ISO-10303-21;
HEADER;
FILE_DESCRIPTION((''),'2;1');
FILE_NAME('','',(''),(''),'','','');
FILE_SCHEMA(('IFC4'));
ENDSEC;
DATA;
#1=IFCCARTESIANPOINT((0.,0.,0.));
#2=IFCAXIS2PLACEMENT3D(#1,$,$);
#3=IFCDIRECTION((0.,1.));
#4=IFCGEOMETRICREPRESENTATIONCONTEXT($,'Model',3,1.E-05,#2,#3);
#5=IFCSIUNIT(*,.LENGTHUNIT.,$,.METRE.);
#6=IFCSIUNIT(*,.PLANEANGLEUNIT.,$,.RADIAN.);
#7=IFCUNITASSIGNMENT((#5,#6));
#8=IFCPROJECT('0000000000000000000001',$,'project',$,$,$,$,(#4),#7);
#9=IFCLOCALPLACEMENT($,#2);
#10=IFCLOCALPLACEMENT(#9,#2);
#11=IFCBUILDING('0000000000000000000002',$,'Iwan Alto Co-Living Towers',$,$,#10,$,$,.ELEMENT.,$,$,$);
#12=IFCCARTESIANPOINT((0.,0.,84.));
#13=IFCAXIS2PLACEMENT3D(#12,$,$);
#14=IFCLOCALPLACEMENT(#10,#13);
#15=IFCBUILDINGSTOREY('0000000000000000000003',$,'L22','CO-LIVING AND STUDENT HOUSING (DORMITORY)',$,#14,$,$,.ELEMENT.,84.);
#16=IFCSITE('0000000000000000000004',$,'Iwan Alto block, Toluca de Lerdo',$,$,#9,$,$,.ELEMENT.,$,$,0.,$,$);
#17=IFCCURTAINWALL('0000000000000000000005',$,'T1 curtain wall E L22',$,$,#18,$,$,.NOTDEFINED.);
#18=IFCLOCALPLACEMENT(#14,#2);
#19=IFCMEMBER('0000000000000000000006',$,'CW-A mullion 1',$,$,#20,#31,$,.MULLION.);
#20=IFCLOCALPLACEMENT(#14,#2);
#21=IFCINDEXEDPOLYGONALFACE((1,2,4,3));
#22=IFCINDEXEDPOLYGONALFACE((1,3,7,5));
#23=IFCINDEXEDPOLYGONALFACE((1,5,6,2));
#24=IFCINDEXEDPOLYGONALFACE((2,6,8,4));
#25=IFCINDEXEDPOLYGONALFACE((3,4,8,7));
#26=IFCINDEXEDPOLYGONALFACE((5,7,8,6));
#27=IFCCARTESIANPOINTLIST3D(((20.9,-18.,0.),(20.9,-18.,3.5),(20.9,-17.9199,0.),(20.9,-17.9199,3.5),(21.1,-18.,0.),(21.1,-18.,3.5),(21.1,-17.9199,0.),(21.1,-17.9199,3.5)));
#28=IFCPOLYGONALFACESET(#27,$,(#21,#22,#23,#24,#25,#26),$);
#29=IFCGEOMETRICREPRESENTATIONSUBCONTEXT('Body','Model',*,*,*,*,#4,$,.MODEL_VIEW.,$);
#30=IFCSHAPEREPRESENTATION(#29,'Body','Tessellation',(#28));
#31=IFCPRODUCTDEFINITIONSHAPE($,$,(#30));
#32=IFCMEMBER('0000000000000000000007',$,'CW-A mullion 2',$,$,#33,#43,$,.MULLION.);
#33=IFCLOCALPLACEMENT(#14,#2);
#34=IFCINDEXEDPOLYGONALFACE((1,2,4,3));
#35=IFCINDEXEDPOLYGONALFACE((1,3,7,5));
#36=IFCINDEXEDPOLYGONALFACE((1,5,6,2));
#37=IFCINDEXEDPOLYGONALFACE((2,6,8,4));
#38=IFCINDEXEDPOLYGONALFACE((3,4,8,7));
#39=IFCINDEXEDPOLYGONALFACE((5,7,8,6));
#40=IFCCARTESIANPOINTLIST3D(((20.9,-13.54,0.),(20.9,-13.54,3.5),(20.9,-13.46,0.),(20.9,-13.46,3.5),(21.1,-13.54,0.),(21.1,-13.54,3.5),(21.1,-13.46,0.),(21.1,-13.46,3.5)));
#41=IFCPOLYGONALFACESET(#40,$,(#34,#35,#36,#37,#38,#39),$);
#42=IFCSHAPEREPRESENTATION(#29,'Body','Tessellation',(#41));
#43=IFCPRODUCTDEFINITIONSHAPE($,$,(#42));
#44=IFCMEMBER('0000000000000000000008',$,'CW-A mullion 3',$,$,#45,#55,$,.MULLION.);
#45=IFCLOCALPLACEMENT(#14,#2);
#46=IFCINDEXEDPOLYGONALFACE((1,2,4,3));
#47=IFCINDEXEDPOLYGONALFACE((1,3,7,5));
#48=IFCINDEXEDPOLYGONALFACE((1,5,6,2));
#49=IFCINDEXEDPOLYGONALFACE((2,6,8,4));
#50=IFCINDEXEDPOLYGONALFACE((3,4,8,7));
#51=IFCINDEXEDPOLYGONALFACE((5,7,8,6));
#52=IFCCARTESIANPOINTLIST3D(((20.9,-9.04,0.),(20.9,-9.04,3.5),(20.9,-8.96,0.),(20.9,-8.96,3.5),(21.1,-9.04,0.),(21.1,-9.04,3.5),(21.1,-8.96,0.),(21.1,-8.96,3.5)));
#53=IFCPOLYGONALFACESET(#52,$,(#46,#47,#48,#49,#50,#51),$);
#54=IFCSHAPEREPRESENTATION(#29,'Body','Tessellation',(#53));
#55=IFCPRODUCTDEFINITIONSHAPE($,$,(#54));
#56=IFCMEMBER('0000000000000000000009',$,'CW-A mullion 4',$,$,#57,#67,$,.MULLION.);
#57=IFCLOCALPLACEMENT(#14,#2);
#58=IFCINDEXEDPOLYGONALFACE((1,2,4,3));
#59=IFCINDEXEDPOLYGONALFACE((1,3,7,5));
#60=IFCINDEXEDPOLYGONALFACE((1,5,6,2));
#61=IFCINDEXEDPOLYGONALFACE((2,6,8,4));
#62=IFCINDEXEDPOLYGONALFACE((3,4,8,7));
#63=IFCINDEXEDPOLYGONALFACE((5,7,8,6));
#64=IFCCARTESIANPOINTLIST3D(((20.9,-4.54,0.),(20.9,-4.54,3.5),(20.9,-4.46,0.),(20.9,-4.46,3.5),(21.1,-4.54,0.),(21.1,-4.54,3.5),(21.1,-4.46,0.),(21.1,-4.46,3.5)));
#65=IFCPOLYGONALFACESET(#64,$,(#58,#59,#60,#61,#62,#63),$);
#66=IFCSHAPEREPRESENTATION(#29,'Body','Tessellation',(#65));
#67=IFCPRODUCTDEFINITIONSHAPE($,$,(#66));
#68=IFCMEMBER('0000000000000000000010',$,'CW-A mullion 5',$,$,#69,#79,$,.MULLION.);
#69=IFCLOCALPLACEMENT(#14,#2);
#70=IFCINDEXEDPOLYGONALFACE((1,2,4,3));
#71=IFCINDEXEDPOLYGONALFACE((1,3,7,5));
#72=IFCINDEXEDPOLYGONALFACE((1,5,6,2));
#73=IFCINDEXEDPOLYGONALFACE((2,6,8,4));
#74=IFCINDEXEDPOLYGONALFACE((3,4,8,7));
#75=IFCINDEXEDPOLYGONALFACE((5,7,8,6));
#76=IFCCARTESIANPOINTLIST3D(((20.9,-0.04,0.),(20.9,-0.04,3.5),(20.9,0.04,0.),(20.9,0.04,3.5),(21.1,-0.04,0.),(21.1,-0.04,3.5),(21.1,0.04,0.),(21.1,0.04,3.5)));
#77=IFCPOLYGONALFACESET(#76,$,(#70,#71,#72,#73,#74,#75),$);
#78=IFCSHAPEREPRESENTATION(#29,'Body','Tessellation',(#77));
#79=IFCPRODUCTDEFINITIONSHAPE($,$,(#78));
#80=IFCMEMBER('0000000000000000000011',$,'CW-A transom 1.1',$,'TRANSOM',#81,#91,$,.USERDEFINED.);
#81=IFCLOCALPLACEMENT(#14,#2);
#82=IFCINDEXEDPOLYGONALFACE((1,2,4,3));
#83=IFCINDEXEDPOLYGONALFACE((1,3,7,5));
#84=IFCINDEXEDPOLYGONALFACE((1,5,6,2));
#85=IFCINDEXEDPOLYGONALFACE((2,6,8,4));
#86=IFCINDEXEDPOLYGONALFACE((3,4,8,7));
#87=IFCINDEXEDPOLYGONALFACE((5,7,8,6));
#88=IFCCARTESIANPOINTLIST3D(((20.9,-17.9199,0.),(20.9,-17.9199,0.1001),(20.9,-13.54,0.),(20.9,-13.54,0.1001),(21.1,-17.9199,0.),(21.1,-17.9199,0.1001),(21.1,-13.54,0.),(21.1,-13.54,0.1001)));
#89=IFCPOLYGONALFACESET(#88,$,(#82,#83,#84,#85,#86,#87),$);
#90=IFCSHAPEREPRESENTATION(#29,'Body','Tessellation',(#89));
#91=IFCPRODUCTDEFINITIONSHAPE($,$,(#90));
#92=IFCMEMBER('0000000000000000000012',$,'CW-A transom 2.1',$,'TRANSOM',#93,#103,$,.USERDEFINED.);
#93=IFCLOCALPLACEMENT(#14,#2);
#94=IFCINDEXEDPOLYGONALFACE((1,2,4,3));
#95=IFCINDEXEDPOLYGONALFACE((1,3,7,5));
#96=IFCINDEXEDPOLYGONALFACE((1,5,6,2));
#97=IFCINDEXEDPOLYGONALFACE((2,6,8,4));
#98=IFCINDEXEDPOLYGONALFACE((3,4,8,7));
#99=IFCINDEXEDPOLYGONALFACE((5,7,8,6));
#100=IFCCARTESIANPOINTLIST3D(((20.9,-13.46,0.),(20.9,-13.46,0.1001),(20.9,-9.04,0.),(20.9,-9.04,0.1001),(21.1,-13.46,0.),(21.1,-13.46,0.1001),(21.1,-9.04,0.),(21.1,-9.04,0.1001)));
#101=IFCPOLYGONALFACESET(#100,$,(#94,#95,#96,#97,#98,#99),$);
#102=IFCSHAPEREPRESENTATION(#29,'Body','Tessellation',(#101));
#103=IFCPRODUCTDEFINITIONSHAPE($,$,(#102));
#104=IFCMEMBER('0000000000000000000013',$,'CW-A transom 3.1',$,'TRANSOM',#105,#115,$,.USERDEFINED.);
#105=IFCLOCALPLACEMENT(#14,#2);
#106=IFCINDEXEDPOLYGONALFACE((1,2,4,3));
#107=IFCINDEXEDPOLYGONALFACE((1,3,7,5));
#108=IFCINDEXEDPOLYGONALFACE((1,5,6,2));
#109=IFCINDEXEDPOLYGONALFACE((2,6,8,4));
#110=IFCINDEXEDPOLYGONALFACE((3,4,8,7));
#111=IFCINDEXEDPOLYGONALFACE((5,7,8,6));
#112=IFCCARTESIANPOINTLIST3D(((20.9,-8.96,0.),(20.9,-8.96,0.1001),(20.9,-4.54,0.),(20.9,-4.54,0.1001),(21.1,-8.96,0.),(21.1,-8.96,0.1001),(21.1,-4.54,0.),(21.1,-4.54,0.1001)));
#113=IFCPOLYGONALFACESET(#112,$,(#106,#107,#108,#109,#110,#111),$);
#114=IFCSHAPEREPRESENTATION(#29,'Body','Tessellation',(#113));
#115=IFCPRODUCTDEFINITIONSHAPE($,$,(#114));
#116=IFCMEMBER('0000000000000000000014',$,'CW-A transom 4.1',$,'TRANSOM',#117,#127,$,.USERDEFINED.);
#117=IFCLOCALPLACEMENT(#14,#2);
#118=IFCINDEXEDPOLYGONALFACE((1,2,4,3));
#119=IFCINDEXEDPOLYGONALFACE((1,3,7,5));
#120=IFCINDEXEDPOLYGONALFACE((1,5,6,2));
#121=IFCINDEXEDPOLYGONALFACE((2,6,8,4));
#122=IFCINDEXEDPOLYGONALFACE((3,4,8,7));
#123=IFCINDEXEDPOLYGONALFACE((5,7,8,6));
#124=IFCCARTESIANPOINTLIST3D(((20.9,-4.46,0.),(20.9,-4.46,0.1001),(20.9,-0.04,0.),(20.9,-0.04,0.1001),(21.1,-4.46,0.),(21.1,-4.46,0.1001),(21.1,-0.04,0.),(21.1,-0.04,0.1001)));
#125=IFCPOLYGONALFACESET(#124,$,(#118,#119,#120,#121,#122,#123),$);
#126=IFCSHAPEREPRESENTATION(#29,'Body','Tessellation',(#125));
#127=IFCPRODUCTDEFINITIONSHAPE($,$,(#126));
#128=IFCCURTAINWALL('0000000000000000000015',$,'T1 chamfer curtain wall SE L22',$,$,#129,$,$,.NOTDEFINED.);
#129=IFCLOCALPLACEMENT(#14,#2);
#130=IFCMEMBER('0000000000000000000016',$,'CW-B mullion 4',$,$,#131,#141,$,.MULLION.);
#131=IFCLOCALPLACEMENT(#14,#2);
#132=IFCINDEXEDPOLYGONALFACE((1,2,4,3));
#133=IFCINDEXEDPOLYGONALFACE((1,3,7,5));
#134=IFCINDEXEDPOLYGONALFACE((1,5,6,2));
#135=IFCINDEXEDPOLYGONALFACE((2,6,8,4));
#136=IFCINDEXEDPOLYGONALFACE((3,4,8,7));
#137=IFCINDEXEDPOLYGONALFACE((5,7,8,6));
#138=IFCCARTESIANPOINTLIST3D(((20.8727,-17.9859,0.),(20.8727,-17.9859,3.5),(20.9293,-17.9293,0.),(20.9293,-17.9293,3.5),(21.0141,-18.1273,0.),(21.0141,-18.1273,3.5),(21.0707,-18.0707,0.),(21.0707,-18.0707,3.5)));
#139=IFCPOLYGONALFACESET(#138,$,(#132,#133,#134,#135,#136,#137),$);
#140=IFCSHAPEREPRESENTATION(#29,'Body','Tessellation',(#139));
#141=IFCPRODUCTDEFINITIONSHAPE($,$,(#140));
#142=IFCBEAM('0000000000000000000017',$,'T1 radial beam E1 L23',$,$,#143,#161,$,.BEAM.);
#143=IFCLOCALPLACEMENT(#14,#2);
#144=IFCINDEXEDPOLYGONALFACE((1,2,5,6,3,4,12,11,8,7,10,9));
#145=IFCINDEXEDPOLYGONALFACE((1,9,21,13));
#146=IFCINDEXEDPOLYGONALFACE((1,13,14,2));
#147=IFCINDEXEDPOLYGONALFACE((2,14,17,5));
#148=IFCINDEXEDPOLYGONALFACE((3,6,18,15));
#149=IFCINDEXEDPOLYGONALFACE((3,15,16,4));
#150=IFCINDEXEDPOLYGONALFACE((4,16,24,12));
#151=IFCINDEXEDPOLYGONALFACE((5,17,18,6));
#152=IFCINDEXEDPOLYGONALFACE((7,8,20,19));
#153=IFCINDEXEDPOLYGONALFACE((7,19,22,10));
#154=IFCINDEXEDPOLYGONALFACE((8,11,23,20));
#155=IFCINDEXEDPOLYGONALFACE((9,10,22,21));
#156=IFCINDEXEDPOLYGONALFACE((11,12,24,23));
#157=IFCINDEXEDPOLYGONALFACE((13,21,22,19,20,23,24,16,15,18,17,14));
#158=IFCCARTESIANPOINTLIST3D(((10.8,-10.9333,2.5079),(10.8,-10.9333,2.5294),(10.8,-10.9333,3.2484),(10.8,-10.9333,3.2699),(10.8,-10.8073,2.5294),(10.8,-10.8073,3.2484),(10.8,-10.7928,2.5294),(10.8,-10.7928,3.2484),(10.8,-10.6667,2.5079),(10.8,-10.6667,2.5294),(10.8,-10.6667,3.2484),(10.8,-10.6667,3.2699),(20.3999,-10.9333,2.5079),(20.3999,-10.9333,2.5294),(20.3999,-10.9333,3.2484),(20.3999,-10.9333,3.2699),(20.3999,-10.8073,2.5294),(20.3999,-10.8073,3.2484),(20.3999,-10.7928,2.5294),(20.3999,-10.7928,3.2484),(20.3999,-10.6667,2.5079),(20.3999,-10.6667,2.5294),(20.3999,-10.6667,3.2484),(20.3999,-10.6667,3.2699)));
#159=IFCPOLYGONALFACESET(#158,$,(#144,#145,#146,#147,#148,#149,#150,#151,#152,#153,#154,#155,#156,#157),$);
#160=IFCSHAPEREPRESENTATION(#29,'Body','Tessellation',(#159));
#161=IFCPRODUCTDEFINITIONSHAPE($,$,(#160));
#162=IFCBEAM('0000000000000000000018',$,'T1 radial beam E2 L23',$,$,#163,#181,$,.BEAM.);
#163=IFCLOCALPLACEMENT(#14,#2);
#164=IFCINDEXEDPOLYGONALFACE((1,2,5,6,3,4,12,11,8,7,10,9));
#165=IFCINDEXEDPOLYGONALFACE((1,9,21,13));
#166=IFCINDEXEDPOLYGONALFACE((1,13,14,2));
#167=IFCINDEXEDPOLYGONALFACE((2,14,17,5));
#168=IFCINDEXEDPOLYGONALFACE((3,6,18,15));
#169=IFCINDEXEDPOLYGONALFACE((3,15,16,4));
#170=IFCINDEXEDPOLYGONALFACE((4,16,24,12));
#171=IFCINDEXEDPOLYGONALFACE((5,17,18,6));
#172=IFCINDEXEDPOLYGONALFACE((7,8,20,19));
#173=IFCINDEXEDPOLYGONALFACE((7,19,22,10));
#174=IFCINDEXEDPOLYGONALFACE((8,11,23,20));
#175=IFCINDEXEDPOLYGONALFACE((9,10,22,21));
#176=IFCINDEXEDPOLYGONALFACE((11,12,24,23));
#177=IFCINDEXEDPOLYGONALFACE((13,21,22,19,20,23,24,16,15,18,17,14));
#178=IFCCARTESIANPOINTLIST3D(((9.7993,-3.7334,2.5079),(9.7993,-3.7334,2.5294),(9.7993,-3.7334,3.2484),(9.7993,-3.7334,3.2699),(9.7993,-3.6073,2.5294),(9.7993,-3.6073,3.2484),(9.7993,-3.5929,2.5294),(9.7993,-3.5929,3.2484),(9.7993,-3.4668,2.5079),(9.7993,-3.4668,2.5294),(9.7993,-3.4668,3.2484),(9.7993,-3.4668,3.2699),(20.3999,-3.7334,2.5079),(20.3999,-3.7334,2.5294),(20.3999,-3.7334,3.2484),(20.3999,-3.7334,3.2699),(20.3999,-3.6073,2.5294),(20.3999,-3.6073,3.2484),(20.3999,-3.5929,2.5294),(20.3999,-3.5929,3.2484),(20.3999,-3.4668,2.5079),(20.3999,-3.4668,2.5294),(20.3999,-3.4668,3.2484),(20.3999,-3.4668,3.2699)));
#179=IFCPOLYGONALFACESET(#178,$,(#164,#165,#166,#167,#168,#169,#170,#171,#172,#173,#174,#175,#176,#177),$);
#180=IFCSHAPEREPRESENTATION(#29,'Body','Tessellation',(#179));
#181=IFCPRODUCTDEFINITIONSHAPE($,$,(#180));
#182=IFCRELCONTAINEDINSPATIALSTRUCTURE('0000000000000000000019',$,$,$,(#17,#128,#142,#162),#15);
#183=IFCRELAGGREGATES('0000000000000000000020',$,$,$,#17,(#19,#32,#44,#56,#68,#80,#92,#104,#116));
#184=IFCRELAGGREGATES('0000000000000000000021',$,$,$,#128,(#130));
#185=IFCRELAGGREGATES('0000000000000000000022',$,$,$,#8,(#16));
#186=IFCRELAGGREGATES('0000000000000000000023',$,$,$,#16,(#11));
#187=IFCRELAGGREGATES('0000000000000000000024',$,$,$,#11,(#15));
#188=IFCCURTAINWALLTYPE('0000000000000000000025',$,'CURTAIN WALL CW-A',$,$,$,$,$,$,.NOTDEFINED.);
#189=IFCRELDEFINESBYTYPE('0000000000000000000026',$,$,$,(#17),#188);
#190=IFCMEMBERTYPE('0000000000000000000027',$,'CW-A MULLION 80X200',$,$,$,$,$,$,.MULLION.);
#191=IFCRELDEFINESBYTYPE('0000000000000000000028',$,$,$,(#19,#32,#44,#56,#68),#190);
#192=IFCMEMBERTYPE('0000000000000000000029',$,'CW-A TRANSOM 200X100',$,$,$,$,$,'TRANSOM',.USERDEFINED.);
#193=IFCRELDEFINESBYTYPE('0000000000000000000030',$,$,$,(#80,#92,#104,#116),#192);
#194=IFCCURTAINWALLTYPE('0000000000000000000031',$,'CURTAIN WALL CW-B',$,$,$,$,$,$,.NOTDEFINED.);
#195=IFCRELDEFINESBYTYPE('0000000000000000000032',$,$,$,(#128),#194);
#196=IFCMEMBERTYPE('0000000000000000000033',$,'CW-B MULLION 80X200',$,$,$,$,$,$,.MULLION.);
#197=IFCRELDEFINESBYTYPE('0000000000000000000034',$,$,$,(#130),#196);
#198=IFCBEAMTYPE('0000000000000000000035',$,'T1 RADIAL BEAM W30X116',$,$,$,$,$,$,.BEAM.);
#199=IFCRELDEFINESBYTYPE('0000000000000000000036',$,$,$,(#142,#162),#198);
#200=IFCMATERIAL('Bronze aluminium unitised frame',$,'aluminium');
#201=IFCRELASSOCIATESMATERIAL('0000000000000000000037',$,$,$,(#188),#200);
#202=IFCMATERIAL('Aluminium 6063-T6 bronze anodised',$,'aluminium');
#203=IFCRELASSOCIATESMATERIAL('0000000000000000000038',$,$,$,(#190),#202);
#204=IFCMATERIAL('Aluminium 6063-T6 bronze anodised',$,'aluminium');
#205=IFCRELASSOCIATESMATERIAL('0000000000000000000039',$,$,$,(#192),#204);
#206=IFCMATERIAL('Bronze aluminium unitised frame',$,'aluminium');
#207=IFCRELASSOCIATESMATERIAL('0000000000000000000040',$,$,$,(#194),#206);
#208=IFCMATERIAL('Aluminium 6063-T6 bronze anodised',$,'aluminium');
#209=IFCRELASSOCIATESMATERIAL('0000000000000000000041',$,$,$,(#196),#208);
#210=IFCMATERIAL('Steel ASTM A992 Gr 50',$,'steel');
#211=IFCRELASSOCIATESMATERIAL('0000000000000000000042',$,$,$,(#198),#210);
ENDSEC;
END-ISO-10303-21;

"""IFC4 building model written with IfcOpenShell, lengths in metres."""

from ifc_helpers import new_model, si_unit, direction, frame, origin, origin_2d, place, context, subcontext, project, spatial, rectangle, i_section, extrude, material, material_profile, profile_set, type_object, element, aggregate, save


model = new_model("IFC4")

# Units and contexts
model_context = context("Model", 3, precision=1e-05, world=origin(), true_north=direction((0.0, 1.0)))
body_context = subcontext(model_context, "Body", "Model", "MODEL_VIEW")
ifc_project = project(units=[si_unit("LENGTHUNIT", "METRE"), si_unit("PLANEANGLEUNIT", "RADIAN")], contexts=[model_context])

# Site, building, storey
site_placement = place(None, origin())
site = spatial("IfcSite", under=ifc_project, at=site_placement, Name="Iwan Alto block, Toluca de Lerdo", CompositionType="ELEMENT", RefElevation=0.0)
building_placement = place(site_placement, origin())
building = spatial("IfcBuilding", under=site, at=building_placement, Name="Iwan Alto Co-Living Towers", CompositionType="ELEMENT")
storey_placement = place(building_placement, frame((0.0, 0.0, 84.0)))
storey = spatial("IfcBuildingStorey", under=building, at=storey_placement, Name="L22", Description="CO-LIVING AND STUDENT HOUSING (DORMITORY)", CompositionType="ELEMENT", Elevation=84.0)

# Curtain wall, members
ifc_material_1 = material(Name="Bronze aluminium unitised frame", Category="aluminium")
curtain_wall_type_1 = type_object("IfcCurtainWallType", Name="CURTAIN WALL CW-A", PredefinedType="NOTDEFINED", material=ifc_material_1)
curtain_wall_1_placement = place(storey_placement, origin())
curtain_wall_1 = element("IfcCurtainWall", 1, at=curtain_wall_1_placement, inside=storey, type_object=curtain_wall_type_1, Name="T1 curtain wall E L22", PredefinedType="NOTDEFINED")
ifc_material_2 = material(Name="Aluminium 6063-T6 bronze anodised", Category="aluminium")
ifc_material_profile_1 = material_profile(ifc_material_2, rectangle(XDim=0.2, YDim=0.0801, at=origin_2d()), Name="AL 80X200")
ifc_profile_set_1 = profile_set([ifc_material_profile_1], Name="Aluminium 6063-T6 bronze anodised")
member_type_1 = type_object("IfcMemberType", Name="CW-A MULLION 80X200", PredefinedType="MULLION", material=ifc_profile_set_1)
member_1_placement = place(storey_placement, frame((21.0, -17.96, 0.0), z_axis=(0.0, 0.0, 1.0), x_axis=(-1.0, 0.0, 0.0)))
member_1 = element("IfcMember", 2, at=member_1_placement, type_object=member_type_1, Name="CW-A mullion 1", PredefinedType="MULLION", context=body_context, shape_type="SweptSolid", body=[
    extrude(rectangle(XDim=0.2, YDim=0.0801, at=origin_2d()), origin(), (0.0, 0.0, 1.0), 3.5),
])
member_2_placement = place(storey_placement, frame((21.0, -13.5, 0.0), z_axis=(0.0, 0.0, 1.0), x_axis=(-1.0, 0.0, 0.0)))
member_2 = element("IfcMember", 3, at=member_2_placement, type_object=member_type_1, Name="CW-A mullion 2", PredefinedType="MULLION", context=body_context, shape_type="SweptSolid", body=[
    extrude(rectangle(XDim=0.2, YDim=0.0801, at=origin_2d()), origin(), (0.0, 0.0, 1.0), 3.5),
])
member_3_placement = place(storey_placement, frame((21.0, -9.0, 0.0), z_axis=(0.0, 0.0, 1.0), x_axis=(-1.0, 0.0, 0.0)))
member_3 = element("IfcMember", 4, at=member_3_placement, type_object=member_type_1, Name="CW-A mullion 3", PredefinedType="MULLION", context=body_context, shape_type="SweptSolid", body=[
    extrude(rectangle(XDim=0.2, YDim=0.0801, at=origin_2d()), origin(), (0.0, 0.0, 1.0), 3.5),
])
member_4_placement = place(storey_placement, frame((21.0, -4.5, 0.0), z_axis=(0.0, 0.0, 1.0), x_axis=(-1.0, 0.0, 0.0)))
member_4 = element("IfcMember", 5, at=member_4_placement, type_object=member_type_1, Name="CW-A mullion 4", PredefinedType="MULLION", context=body_context, shape_type="SweptSolid", body=[
    extrude(rectangle(XDim=0.2, YDim=0.0801, at=origin_2d()), origin(), (0.0, 0.0, 1.0), 3.5),
])
member_5_placement = place(storey_placement, frame((21.0, 0.0, 0.0), z_axis=(0.0, 0.0, 1.0), x_axis=(-1.0, 0.0, 0.0)))
member_5 = element("IfcMember", 6, at=member_5_placement, type_object=member_type_1, Name="CW-A mullion 5", PredefinedType="MULLION", context=body_context, shape_type="SweptSolid", body=[
    extrude(rectangle(XDim=0.2, YDim=0.0801, at=origin_2d()), origin(), (0.0, 0.0, 1.0), 3.5),
])
ifc_material_3 = material(Name="Aluminium 6063-T6 bronze anodised", Category="aluminium")
ifc_material_profile_2 = material_profile(ifc_material_3, rectangle(XDim=0.2, YDim=0.1001, at=origin_2d()), Name="AL 200X100")
ifc_profile_set_2 = profile_set([ifc_material_profile_2], Name="Aluminium 6063-T6 bronze anodised")
member_type_2 = type_object("IfcMemberType", Name="CW-A TRANSOM 200X100", ElementType="TRANSOM", PredefinedType="USERDEFINED", material=ifc_profile_set_2)
member_6_placement = place(storey_placement, frame((21.0, -17.9199, 0.05), z_axis=(0.0, 1.0, 0.0), x_axis=(-1.0, 0.0, 0.0)))
member_6 = element("IfcMember", 7, at=member_6_placement, type_object=member_type_2, Name="CW-A transom 1.1", ObjectType="TRANSOM", PredefinedType="USERDEFINED", context=body_context, shape_type="SweptSolid", body=[
    extrude(rectangle(XDim=0.2, YDim=0.1001, at=origin_2d()), origin(), (0.0, 0.0, 1.0), 4.3799),
])
member_7_placement = place(storey_placement, frame((21.0, -13.46, 0.05), z_axis=(0.0, 1.0, 0.0), x_axis=(-1.0, 0.0, 0.0)))
member_7 = element("IfcMember", 8, at=member_7_placement, type_object=member_type_2, Name="CW-A transom 2.1", ObjectType="TRANSOM", PredefinedType="USERDEFINED", context=body_context, shape_type="SweptSolid", body=[
    extrude(rectangle(XDim=0.2, YDim=0.1001, at=origin_2d()), origin(), (0.0, 0.0, 1.0), 4.4199),
])
member_8_placement = place(storey_placement, frame((21.0, -8.96, 0.05), z_axis=(0.0, 1.0, 0.0), x_axis=(-1.0, 0.0, 0.0)))
member_8 = element("IfcMember", 9, at=member_8_placement, type_object=member_type_2, Name="CW-A transom 3.1", ObjectType="TRANSOM", PredefinedType="USERDEFINED", context=body_context, shape_type="SweptSolid", body=[
    extrude(rectangle(XDim=0.2, YDim=0.1001, at=origin_2d()), origin(), (0.0, 0.0, 1.0), 4.4199),
])
member_9_placement = place(storey_placement, frame((21.0, -4.46, 0.05), z_axis=(0.0, 1.0, 0.0), x_axis=(-1.0, 0.0, 0.0)))
member_9 = element("IfcMember", 10, at=member_9_placement, type_object=member_type_2, Name="CW-A transom 4.1", ObjectType="TRANSOM", PredefinedType="USERDEFINED", context=body_context, shape_type="SweptSolid", body=[
    extrude(rectangle(XDim=0.2, YDim=0.1001, at=origin_2d()), origin(), (0.0, 0.0, 1.0), 4.4199),
])

# Curtain wall, member
ifc_material_4 = material(Name="Bronze aluminium unitised frame", Category="aluminium")
curtain_wall_type_2 = type_object("IfcCurtainWallType", Name="CURTAIN WALL CW-B", PredefinedType="NOTDEFINED", material=ifc_material_4)
curtain_wall_2_placement = place(storey_placement, origin())
curtain_wall_2 = element("IfcCurtainWall", 11, at=curtain_wall_2_placement, inside=storey, type_object=curtain_wall_type_2, Name="T1 chamfer curtain wall SE L22", PredefinedType="NOTDEFINED")
ifc_material_5 = material(Name="Aluminium 6063-T6 bronze anodised", Category="aluminium")
ifc_material_profile_3 = material_profile(ifc_material_5, rectangle(XDim=0.2, YDim=0.0801, at=origin_2d()), Name="AL 80X200")
ifc_profile_set_3 = profile_set([ifc_material_profile_3], Name="Aluminium 6063-T6 bronze anodised")
member_type_3 = type_object("IfcMemberType", Name="CW-B MULLION 80X200", PredefinedType="MULLION", material=ifc_profile_set_3)
member_10_placement = place(storey_placement, frame((20.9717, -18.0283, 0.0), z_axis=(0.0, 0.0, 1.0), x_axis=(-0.707107, 0.707107, 0.0)))
member_10 = element("IfcMember", 12, at=member_10_placement, type_object=member_type_3, Name="CW-B mullion 4", PredefinedType="MULLION", context=body_context, shape_type="SweptSolid", body=[
    extrude(rectangle(XDim=0.2, YDim=0.0801, at=origin_2d()), origin(), (0.0, 0.0, 1.0), 3.5),
])

# Beams
ifc_material_6 = material(Name="Steel ASTM A992 Gr 50", Category="steel")
ifc_material_profile_4 = material_profile(ifc_material_6, i_section(OverallWidth=0.2666, OverallDepth=0.762, WebThickness=0.0144, FlangeThickness=0.0215, at=origin_2d()), Name="W30X116")
ifc_profile_set_4 = profile_set([ifc_material_profile_4], Name="Steel ASTM A992 Gr 50")
beam_type_1 = type_object("IfcBeamType", Name="T1 RADIAL BEAM W30X116", PredefinedType="BEAM", material=ifc_profile_set_4)
beam_1_placement = place(storey_placement, frame((20.3999, -10.8, 2.8889), z_axis=(-1.0, 0.0, 0.0), x_axis=(0.0, -1.0, 0.0)))
element("IfcBeam", 13, at=beam_1_placement, inside=storey, type_object=beam_type_1, Name="T1 radial beam E1 L23", PredefinedType="BEAM", context=body_context, shape_type="SweptSolid", body=[
    extrude(i_section(OverallWidth=0.2666, OverallDepth=0.762, WebThickness=0.0144, FlangeThickness=0.0215, at=origin_2d()), origin(), (0.0, 0.0, 1.0), 9.5999),
])
beam_2_placement = place(storey_placement, frame((20.3999, -3.6001, 2.8889), z_axis=(-1.0, 0.0, 0.0), x_axis=(0.0, -1.0, 0.0)))
element("IfcBeam", 14, at=beam_2_placement, inside=storey, type_object=beam_type_1, Name="T1 radial beam E2 L23", PredefinedType="BEAM", context=body_context, shape_type="SweptSolid", body=[
    extrude(i_section(OverallWidth=0.2666, OverallDepth=0.762, WebThickness=0.0144, FlangeThickness=0.0215, at=origin_2d()), origin(), (0.0, 0.0, 1.0), 10.6006),
])

aggregate(curtain_wall_1, [member_1, member_2, member_3, member_4, member_5, member_6, member_7, member_8, member_9])
aggregate(curtain_wall_2, [member_10])

save(model, "model.ifc")
